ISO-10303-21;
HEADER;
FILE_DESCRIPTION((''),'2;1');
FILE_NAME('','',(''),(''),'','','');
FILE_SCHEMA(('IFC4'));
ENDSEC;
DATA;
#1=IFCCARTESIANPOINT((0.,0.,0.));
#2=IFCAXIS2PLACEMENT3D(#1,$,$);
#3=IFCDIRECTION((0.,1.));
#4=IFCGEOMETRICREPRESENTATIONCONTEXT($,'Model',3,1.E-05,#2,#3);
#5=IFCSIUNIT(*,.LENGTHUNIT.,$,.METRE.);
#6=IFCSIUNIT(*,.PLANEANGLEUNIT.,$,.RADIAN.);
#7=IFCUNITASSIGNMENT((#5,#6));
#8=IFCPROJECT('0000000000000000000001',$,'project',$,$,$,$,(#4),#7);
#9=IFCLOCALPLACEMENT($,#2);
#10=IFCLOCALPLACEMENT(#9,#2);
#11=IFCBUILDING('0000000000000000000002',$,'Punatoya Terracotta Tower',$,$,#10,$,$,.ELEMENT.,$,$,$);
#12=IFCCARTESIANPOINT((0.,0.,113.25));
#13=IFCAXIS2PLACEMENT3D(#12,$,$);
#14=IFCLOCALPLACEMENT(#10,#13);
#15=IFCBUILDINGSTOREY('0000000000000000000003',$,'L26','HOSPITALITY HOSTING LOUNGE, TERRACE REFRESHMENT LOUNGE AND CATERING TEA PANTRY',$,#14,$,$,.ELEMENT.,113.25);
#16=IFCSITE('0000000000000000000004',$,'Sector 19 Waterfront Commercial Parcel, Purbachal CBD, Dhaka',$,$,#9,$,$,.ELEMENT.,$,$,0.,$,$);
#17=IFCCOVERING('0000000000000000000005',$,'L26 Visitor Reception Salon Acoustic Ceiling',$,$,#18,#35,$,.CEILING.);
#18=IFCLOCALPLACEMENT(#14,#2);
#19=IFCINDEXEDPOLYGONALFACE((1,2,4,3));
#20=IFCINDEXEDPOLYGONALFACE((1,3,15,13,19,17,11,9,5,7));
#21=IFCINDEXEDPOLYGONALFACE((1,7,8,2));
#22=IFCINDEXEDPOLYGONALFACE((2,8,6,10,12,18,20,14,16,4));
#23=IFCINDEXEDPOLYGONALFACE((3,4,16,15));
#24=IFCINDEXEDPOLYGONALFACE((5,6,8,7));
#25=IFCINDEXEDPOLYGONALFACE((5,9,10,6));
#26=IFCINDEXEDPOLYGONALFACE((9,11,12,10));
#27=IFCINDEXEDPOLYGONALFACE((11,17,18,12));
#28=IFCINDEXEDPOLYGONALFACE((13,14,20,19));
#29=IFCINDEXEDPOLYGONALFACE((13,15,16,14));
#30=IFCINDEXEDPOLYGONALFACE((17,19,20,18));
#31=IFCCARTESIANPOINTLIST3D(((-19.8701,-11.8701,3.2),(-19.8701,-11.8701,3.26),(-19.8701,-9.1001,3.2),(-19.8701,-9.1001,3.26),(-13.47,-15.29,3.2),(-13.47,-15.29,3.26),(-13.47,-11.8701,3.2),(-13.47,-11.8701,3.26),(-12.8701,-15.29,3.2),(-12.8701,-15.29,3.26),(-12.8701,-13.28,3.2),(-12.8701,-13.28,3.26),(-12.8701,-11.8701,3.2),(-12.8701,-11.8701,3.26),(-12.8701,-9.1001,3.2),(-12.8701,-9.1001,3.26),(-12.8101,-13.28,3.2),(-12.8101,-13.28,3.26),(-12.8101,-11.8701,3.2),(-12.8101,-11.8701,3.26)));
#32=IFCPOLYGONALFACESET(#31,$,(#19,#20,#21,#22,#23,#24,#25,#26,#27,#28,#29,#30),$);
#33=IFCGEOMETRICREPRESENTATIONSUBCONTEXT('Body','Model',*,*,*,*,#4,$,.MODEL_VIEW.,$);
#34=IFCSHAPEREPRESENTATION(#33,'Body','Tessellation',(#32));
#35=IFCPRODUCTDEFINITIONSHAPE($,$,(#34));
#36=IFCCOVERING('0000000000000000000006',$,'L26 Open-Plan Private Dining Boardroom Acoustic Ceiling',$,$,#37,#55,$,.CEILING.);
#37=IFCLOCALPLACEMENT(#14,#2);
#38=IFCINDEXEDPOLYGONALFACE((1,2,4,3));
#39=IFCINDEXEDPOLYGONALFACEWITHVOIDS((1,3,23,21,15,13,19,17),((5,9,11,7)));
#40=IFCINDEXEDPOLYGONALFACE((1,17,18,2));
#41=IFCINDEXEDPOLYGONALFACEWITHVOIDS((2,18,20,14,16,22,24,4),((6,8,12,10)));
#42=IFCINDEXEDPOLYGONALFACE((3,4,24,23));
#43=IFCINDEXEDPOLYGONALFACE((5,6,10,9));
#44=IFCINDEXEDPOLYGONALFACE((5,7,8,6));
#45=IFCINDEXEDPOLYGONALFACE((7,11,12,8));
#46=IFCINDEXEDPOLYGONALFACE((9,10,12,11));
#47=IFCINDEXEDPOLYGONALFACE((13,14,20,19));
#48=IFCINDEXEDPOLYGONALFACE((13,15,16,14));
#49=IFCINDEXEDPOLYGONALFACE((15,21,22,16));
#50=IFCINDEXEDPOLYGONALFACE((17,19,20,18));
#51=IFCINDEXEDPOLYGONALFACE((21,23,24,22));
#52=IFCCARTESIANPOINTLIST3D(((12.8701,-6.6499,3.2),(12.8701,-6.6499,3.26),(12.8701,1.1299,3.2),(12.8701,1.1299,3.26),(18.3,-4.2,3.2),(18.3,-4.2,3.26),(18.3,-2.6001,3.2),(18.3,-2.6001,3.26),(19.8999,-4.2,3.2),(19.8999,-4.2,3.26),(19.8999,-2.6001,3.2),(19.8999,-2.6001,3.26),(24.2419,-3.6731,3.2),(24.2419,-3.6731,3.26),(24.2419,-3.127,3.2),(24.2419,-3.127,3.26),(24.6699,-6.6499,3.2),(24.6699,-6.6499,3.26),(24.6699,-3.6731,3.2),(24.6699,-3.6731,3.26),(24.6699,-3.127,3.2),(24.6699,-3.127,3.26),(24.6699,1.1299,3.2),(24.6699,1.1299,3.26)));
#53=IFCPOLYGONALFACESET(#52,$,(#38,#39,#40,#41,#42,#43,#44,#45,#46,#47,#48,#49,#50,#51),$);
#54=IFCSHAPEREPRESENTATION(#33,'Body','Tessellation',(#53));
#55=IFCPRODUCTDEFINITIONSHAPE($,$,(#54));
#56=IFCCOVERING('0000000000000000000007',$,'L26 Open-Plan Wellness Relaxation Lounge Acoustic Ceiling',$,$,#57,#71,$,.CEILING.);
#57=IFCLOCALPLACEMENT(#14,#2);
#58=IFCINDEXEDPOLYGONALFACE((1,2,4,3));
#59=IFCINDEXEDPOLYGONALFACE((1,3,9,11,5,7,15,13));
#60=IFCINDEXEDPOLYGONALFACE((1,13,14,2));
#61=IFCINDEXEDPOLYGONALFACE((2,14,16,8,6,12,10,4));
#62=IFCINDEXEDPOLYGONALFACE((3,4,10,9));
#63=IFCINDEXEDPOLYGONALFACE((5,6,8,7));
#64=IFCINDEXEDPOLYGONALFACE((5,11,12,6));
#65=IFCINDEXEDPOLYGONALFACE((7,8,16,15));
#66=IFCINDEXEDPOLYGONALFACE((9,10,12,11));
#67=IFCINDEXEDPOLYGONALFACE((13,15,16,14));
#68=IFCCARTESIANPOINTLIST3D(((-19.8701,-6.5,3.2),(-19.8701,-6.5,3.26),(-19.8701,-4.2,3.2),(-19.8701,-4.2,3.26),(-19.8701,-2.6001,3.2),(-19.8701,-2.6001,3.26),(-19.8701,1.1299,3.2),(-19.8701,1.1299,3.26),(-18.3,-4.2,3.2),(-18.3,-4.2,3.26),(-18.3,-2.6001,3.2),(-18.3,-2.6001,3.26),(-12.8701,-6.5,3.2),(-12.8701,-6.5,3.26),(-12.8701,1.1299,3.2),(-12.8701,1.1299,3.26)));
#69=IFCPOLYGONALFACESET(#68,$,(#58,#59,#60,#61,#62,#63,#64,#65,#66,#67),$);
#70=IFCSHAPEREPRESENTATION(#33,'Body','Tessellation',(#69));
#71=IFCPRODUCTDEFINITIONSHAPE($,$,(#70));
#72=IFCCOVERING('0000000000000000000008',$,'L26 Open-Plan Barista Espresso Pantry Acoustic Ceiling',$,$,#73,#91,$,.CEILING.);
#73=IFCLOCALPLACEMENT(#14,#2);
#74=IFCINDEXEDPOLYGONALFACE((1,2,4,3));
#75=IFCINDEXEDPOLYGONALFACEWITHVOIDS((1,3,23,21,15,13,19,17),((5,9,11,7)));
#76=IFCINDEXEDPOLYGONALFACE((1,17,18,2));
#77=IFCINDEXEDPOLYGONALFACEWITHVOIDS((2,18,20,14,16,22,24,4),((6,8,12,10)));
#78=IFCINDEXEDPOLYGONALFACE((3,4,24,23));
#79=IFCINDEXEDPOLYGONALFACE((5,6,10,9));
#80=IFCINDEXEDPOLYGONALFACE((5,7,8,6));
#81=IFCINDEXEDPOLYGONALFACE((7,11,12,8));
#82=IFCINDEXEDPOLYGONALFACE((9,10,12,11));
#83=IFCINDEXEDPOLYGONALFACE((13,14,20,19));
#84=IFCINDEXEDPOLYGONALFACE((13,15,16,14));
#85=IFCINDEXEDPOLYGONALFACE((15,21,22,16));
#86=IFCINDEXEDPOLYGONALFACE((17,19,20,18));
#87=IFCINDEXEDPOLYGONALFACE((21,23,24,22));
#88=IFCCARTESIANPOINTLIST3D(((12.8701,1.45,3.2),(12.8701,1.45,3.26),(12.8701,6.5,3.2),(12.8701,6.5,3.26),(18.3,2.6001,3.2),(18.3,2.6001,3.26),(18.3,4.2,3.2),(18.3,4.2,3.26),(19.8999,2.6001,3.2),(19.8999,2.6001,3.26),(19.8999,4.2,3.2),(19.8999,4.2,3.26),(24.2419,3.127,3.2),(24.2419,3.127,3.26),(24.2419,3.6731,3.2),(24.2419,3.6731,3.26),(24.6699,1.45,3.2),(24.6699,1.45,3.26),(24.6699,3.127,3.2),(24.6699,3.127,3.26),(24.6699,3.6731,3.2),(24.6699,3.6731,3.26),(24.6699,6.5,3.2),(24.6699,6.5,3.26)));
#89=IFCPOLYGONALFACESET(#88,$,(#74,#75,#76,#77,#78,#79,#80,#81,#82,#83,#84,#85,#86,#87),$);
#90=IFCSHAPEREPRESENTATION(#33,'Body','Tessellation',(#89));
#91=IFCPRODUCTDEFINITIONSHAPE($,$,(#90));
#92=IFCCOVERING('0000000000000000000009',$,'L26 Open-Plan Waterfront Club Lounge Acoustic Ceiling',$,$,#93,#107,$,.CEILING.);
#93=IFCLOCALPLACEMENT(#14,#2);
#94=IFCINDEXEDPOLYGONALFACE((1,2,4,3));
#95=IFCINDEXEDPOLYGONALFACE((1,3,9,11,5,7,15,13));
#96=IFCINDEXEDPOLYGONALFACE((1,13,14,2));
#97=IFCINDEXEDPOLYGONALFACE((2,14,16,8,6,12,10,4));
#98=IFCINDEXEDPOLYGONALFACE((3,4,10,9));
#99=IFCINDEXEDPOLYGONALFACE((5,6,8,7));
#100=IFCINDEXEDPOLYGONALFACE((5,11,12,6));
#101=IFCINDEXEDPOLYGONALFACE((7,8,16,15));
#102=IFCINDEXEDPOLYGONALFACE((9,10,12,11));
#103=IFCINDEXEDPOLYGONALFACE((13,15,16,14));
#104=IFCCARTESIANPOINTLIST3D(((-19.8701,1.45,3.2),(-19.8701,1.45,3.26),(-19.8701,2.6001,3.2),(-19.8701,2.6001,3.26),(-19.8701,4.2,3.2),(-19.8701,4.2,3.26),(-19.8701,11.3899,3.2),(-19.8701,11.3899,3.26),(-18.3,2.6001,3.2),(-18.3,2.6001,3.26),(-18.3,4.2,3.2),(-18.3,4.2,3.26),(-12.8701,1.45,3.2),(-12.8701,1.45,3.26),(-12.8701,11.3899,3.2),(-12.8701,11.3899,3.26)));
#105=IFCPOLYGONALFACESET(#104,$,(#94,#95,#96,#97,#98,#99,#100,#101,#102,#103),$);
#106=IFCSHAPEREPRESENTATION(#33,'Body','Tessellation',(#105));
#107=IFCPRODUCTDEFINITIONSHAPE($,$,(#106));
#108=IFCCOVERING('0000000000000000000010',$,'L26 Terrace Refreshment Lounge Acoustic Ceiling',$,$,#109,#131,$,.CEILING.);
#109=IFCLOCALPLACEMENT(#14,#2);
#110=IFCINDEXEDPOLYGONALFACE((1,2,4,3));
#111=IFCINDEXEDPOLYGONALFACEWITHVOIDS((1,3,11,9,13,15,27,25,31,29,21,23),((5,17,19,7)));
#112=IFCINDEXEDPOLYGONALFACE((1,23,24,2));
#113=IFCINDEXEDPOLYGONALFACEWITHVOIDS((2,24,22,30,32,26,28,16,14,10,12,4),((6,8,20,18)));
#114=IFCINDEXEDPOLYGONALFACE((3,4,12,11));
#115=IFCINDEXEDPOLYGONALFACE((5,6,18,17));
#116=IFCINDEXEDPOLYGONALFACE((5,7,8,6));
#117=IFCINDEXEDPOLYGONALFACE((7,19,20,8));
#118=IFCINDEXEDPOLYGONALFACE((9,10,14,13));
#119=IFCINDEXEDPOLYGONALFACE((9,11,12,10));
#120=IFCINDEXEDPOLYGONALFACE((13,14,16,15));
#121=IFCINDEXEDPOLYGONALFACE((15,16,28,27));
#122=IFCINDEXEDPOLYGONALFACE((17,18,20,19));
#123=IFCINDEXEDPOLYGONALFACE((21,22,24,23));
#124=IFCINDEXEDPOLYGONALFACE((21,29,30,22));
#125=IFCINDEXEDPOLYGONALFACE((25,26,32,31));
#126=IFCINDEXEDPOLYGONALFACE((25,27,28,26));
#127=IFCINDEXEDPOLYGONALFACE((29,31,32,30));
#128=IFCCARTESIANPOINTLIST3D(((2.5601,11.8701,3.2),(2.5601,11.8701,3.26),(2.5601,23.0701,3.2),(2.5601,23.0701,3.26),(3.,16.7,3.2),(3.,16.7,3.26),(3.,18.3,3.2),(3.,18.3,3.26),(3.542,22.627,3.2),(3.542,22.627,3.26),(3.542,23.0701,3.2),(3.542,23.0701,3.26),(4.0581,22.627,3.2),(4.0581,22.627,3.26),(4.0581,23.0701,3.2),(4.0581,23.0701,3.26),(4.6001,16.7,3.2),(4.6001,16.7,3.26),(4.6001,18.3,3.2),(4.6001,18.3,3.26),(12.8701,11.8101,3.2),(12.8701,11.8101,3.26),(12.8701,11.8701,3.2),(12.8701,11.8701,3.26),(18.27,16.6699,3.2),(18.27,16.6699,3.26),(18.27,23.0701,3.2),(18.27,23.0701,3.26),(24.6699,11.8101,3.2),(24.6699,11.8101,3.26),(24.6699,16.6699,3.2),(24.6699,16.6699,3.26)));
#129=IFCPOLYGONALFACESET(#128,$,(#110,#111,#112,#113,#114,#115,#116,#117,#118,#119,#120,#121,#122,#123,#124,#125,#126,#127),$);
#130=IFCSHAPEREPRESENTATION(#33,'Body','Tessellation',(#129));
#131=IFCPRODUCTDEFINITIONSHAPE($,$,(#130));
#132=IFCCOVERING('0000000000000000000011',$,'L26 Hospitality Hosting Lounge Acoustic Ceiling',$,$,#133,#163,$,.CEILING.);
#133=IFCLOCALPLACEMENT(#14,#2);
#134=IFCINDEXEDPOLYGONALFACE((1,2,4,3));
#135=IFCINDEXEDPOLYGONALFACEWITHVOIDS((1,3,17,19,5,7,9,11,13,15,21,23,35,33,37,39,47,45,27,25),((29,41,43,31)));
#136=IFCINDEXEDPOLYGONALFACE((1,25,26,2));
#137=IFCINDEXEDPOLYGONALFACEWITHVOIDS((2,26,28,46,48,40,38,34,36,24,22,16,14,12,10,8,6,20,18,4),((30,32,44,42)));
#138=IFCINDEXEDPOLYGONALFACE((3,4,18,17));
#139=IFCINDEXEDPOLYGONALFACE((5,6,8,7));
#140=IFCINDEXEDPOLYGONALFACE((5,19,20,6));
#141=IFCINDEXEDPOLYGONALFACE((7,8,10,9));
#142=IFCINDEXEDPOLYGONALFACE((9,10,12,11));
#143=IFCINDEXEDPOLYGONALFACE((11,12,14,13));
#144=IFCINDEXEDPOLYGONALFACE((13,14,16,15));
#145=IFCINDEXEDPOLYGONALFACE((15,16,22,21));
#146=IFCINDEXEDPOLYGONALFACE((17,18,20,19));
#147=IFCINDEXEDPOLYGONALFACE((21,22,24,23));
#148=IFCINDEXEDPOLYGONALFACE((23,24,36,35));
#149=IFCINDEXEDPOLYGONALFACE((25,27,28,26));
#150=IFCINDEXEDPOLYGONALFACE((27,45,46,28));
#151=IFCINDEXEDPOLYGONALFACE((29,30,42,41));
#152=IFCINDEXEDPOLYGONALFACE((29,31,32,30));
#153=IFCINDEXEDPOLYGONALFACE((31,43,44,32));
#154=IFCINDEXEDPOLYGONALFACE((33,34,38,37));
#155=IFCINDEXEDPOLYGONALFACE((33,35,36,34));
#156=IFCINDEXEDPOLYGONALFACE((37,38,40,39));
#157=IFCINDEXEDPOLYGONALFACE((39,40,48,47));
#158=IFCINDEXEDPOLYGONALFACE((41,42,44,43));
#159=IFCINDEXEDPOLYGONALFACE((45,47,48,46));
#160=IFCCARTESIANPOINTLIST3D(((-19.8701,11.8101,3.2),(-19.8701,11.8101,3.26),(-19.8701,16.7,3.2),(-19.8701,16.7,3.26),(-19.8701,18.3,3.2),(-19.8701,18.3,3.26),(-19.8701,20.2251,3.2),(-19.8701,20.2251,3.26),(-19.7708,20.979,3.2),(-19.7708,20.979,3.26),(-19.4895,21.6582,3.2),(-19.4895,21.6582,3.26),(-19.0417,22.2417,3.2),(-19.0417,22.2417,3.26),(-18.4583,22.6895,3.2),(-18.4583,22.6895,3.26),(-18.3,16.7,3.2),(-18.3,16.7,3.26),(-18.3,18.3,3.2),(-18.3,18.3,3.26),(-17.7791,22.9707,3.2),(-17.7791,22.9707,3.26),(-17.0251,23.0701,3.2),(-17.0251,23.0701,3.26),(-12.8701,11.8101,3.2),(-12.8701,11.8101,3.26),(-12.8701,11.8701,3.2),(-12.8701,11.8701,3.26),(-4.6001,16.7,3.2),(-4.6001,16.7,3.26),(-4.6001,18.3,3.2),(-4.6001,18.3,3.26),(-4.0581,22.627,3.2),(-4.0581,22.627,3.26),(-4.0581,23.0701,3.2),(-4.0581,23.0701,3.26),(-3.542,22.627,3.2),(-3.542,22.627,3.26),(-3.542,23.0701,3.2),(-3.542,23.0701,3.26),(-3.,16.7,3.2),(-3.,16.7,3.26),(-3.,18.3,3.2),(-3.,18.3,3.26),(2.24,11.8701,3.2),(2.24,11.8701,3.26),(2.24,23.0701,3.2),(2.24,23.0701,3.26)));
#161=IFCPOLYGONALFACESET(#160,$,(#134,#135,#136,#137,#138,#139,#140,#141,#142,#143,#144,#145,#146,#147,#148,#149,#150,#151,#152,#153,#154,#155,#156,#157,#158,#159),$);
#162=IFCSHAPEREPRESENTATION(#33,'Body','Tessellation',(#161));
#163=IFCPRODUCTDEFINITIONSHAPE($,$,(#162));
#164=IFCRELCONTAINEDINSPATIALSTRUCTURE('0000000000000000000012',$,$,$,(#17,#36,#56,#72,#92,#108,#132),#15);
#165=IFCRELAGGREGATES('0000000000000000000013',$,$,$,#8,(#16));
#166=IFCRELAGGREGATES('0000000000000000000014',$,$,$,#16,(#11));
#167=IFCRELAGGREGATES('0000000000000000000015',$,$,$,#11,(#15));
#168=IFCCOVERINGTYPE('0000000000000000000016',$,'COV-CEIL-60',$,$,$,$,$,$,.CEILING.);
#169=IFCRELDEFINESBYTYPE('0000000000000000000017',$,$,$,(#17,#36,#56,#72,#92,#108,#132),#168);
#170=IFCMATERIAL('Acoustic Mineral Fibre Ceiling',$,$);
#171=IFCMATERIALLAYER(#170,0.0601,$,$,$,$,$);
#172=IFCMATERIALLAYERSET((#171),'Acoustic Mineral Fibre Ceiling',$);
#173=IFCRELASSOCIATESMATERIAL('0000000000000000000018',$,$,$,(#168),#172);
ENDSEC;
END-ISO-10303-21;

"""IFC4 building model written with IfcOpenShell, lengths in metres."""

from ifc_helpers import new_model, si_unit, direction, frame, origin, place, context, subcontext, project, spatial, polyline, outline, extrude, material, layer, layer_set, type_object, element, save


model = new_model("IFC4")

# Units and contexts
model_context = context("Model", 3, precision=1e-05, world=origin(), true_north=direction((0.0, 1.0)))
body_context = subcontext(model_context, "Body", "Model", "MODEL_VIEW")
ifc_project = project(units=[si_unit("LENGTHUNIT", "METRE"), si_unit("PLANEANGLEUNIT", "RADIAN")], contexts=[model_context])

# Site, building, storey
site_placement = place(None, origin())
site = spatial("IfcSite", under=ifc_project, at=site_placement, Name="Sector 19 Waterfront Commercial Parcel, Purbachal CBD, Dhaka", CompositionType="ELEMENT", RefElevation=0.0)
building_placement = place(site_placement, origin())
building = spatial("IfcBuilding", under=site, at=building_placement, Name="Punatoya Terracotta Tower", CompositionType="ELEMENT")
storey_placement = place(building_placement, frame((0.0, 0.0, 113.25)))
storey = spatial("IfcBuildingStorey", under=building, at=storey_placement, Name="L26", Description="HOSPITALITY HOSTING LOUNGE, TERRACE REFRESHMENT LOUNGE AND CATERING TEA PANTRY", CompositionType="ELEMENT", Elevation=113.25)

# Coverings
ifc_material_1 = material(Name="Acoustic Mineral Fibre Ceiling")
ifc_layer_1 = layer(ifc_material_1, 0.0601)
ifc_layer_set_1 = layer_set([ifc_layer_1], Name="Acoustic Mineral Fibre Ceiling")
covering_type = type_object("IfcCoveringType", Name="COV-CEIL-60", PredefinedType="CEILING", material=ifc_layer_set_1)
covering_1_placement = place(storey_placement, frame((0.0, 0.0, 3.2)))
element("IfcCovering", 1, at=covering_1_placement, inside=storey, type_object=covering_type, Name="L26 Visitor Reception Salon Acoustic Ceiling", PredefinedType="CEILING", context=body_context, shape_type="SweptSolid", body=[
    extrude(outline(polyline([(-13.47, -11.8701), (-13.47, -15.29), (-12.8701, -15.29), (-12.8701, -13.28), (-12.8101, -13.28), (-12.8101, -11.8701), (-12.8701, -11.8701), (-12.8701, -9.1001), (-19.8701, -9.1001), (-19.8701, -11.8701), (-13.47, -11.8701)])), origin(), (0.0, 0.0, 1.0), 0.0601),
])
covering_2_placement = place(storey_placement, frame((0.0, 0.0, 3.2)))
element("IfcCovering", 2, at=covering_2_placement, inside=storey, type_object=covering_type, Name="L26 Open-Plan Private Dining Boardroom Acoustic Ceiling", PredefinedType="CEILING", context=body_context, shape_type="SweptSolid", body=[
    extrude(outline(polyline([(24.6699, -3.127), (24.6699, 1.1299), (12.8701, 1.1299), (12.8701, -6.6499), (24.6699, -6.6499), (24.6699, -3.6731), (24.2419, -3.6731), (24.2419, -3.127), (24.6699, -3.127)]), holes=[polyline([(19.8999, -2.6001), (19.8999, -4.2), (18.3, -4.2), (18.3, -2.6001), (19.8999, -2.6001)])]), origin(), (0.0, 0.0, 1.0), 0.0601),
])
covering_3_placement = place(storey_placement, frame((0.0, 0.0, 3.2)))
element("IfcCovering", 3, at=covering_3_placement, inside=storey, type_object=covering_type, Name="L26 Open-Plan Wellness Relaxation Lounge Acoustic Ceiling", PredefinedType="CEILING", context=body_context, shape_type="SweptSolid", body=[
    extrude(outline(polyline([(-19.8701, 1.1299), (-19.8701, -2.6001), (-18.3, -2.6001), (-18.3, -4.2), (-19.8701, -4.2), (-19.8701, -6.5), (-12.8701, -6.5), (-12.8701, 1.1299), (-19.8701, 1.1299)])), origin(), (0.0, 0.0, 1.0), 0.0601),
])
covering_4_placement = place(storey_placement, frame((0.0, 0.0, 3.2)))
element("IfcCovering", 4, at=covering_4_placement, inside=storey, type_object=covering_type, Name="L26 Open-Plan Barista Espresso Pantry Acoustic Ceiling", PredefinedType="CEILING", context=body_context, shape_type="SweptSolid", body=[
    extrude(outline(polyline([(24.6699, 3.6731), (24.6699, 6.5), (12.8701, 6.5), (12.8701, 1.45), (24.6699, 1.45), (24.6699, 3.127), (24.2419, 3.127), (24.2419, 3.6731), (24.6699, 3.6731)]), holes=[polyline([(19.8999, 2.6001), (18.3, 2.6001), (18.3, 4.2), (19.8999, 4.2), (19.8999, 2.6001)])]), origin(), (0.0, 0.0, 1.0), 0.0601),
])
covering_5_placement = place(storey_placement, frame((0.0, 0.0, 3.2)))
element("IfcCovering", 5, at=covering_5_placement, inside=storey, type_object=covering_type, Name="L26 Open-Plan Waterfront Club Lounge Acoustic Ceiling", PredefinedType="CEILING", context=body_context, shape_type="SweptSolid", body=[
    extrude(outline(polyline([(-19.8701, 11.3899), (-19.8701, 4.2), (-18.3, 4.2), (-18.3, 2.6001), (-19.8701, 2.6001), (-19.8701, 1.45), (-12.8701, 1.45), (-12.8701, 11.3899), (-19.8701, 11.3899)])), origin(), (0.0, 0.0, 1.0), 0.0601),
])
covering_6_placement = place(storey_placement, frame((0.0, 0.0, 3.2)))
element("IfcCovering", 6, at=covering_6_placement, inside=storey, type_object=covering_type, Name="L26 Terrace Refreshment Lounge Acoustic Ceiling", PredefinedType="CEILING", context=body_context, shape_type="SweptSolid", body=[
    extrude(outline(polyline([(2.5601, 11.8701), (12.8701, 11.8701), (12.8701, 11.8101), (24.6699, 11.8101), (24.6699, 16.6699), (18.27, 16.6699), (18.27, 23.0701), (4.0581, 23.0701), (4.0581, 22.627), (3.542, 22.627), (3.542, 23.0701), (2.5601, 23.0701), (2.5601, 11.8701)]), holes=[polyline([(3.0, 18.3), (4.6001, 18.3), (4.6001, 16.7), (3.0, 16.7), (3.0, 18.3)])]), origin(), (0.0, 0.0, 1.0), 0.0601),
])
covering_7_placement = place(storey_placement, frame((0.0, 0.0, 3.2)))
element("IfcCovering", 7, at=covering_7_placement, inside=storey, type_object=covering_type, Name="L26 Hospitality Hosting Lounge Acoustic Ceiling", PredefinedType="CEILING", context=body_context, shape_type="SweptSolid", body=[
    extrude(outline(polyline([(-19.0417, 22.2417), (-19.4895, 21.6582), (-19.7708, 20.979), (-19.8701, 20.2251), (-19.8701, 18.3), (-18.3, 18.3), (-18.3, 16.7), (-19.8701, 16.7), (-19.8701, 11.8101), (-12.8701, 11.8101), (-12.8701, 11.8701), (2.24, 11.8701), (2.24, 23.0701), (-3.542, 23.0701), (-3.542, 22.627), (-4.0581, 22.627), (-4.0581, 23.0701), (-17.0251, 23.0701), (-17.7791, 22.9707), (-18.4583, 22.6895), (-19.0417, 22.2417)]), holes=[polyline([(-3.0, 18.3), (-3.0, 16.7), (-4.6001, 16.7), (-4.6001, 18.3), (-3.0, 18.3)])]), origin(), (0.0, 0.0, 1.0), 0.0601),
])

save(model, "model.ifc")
